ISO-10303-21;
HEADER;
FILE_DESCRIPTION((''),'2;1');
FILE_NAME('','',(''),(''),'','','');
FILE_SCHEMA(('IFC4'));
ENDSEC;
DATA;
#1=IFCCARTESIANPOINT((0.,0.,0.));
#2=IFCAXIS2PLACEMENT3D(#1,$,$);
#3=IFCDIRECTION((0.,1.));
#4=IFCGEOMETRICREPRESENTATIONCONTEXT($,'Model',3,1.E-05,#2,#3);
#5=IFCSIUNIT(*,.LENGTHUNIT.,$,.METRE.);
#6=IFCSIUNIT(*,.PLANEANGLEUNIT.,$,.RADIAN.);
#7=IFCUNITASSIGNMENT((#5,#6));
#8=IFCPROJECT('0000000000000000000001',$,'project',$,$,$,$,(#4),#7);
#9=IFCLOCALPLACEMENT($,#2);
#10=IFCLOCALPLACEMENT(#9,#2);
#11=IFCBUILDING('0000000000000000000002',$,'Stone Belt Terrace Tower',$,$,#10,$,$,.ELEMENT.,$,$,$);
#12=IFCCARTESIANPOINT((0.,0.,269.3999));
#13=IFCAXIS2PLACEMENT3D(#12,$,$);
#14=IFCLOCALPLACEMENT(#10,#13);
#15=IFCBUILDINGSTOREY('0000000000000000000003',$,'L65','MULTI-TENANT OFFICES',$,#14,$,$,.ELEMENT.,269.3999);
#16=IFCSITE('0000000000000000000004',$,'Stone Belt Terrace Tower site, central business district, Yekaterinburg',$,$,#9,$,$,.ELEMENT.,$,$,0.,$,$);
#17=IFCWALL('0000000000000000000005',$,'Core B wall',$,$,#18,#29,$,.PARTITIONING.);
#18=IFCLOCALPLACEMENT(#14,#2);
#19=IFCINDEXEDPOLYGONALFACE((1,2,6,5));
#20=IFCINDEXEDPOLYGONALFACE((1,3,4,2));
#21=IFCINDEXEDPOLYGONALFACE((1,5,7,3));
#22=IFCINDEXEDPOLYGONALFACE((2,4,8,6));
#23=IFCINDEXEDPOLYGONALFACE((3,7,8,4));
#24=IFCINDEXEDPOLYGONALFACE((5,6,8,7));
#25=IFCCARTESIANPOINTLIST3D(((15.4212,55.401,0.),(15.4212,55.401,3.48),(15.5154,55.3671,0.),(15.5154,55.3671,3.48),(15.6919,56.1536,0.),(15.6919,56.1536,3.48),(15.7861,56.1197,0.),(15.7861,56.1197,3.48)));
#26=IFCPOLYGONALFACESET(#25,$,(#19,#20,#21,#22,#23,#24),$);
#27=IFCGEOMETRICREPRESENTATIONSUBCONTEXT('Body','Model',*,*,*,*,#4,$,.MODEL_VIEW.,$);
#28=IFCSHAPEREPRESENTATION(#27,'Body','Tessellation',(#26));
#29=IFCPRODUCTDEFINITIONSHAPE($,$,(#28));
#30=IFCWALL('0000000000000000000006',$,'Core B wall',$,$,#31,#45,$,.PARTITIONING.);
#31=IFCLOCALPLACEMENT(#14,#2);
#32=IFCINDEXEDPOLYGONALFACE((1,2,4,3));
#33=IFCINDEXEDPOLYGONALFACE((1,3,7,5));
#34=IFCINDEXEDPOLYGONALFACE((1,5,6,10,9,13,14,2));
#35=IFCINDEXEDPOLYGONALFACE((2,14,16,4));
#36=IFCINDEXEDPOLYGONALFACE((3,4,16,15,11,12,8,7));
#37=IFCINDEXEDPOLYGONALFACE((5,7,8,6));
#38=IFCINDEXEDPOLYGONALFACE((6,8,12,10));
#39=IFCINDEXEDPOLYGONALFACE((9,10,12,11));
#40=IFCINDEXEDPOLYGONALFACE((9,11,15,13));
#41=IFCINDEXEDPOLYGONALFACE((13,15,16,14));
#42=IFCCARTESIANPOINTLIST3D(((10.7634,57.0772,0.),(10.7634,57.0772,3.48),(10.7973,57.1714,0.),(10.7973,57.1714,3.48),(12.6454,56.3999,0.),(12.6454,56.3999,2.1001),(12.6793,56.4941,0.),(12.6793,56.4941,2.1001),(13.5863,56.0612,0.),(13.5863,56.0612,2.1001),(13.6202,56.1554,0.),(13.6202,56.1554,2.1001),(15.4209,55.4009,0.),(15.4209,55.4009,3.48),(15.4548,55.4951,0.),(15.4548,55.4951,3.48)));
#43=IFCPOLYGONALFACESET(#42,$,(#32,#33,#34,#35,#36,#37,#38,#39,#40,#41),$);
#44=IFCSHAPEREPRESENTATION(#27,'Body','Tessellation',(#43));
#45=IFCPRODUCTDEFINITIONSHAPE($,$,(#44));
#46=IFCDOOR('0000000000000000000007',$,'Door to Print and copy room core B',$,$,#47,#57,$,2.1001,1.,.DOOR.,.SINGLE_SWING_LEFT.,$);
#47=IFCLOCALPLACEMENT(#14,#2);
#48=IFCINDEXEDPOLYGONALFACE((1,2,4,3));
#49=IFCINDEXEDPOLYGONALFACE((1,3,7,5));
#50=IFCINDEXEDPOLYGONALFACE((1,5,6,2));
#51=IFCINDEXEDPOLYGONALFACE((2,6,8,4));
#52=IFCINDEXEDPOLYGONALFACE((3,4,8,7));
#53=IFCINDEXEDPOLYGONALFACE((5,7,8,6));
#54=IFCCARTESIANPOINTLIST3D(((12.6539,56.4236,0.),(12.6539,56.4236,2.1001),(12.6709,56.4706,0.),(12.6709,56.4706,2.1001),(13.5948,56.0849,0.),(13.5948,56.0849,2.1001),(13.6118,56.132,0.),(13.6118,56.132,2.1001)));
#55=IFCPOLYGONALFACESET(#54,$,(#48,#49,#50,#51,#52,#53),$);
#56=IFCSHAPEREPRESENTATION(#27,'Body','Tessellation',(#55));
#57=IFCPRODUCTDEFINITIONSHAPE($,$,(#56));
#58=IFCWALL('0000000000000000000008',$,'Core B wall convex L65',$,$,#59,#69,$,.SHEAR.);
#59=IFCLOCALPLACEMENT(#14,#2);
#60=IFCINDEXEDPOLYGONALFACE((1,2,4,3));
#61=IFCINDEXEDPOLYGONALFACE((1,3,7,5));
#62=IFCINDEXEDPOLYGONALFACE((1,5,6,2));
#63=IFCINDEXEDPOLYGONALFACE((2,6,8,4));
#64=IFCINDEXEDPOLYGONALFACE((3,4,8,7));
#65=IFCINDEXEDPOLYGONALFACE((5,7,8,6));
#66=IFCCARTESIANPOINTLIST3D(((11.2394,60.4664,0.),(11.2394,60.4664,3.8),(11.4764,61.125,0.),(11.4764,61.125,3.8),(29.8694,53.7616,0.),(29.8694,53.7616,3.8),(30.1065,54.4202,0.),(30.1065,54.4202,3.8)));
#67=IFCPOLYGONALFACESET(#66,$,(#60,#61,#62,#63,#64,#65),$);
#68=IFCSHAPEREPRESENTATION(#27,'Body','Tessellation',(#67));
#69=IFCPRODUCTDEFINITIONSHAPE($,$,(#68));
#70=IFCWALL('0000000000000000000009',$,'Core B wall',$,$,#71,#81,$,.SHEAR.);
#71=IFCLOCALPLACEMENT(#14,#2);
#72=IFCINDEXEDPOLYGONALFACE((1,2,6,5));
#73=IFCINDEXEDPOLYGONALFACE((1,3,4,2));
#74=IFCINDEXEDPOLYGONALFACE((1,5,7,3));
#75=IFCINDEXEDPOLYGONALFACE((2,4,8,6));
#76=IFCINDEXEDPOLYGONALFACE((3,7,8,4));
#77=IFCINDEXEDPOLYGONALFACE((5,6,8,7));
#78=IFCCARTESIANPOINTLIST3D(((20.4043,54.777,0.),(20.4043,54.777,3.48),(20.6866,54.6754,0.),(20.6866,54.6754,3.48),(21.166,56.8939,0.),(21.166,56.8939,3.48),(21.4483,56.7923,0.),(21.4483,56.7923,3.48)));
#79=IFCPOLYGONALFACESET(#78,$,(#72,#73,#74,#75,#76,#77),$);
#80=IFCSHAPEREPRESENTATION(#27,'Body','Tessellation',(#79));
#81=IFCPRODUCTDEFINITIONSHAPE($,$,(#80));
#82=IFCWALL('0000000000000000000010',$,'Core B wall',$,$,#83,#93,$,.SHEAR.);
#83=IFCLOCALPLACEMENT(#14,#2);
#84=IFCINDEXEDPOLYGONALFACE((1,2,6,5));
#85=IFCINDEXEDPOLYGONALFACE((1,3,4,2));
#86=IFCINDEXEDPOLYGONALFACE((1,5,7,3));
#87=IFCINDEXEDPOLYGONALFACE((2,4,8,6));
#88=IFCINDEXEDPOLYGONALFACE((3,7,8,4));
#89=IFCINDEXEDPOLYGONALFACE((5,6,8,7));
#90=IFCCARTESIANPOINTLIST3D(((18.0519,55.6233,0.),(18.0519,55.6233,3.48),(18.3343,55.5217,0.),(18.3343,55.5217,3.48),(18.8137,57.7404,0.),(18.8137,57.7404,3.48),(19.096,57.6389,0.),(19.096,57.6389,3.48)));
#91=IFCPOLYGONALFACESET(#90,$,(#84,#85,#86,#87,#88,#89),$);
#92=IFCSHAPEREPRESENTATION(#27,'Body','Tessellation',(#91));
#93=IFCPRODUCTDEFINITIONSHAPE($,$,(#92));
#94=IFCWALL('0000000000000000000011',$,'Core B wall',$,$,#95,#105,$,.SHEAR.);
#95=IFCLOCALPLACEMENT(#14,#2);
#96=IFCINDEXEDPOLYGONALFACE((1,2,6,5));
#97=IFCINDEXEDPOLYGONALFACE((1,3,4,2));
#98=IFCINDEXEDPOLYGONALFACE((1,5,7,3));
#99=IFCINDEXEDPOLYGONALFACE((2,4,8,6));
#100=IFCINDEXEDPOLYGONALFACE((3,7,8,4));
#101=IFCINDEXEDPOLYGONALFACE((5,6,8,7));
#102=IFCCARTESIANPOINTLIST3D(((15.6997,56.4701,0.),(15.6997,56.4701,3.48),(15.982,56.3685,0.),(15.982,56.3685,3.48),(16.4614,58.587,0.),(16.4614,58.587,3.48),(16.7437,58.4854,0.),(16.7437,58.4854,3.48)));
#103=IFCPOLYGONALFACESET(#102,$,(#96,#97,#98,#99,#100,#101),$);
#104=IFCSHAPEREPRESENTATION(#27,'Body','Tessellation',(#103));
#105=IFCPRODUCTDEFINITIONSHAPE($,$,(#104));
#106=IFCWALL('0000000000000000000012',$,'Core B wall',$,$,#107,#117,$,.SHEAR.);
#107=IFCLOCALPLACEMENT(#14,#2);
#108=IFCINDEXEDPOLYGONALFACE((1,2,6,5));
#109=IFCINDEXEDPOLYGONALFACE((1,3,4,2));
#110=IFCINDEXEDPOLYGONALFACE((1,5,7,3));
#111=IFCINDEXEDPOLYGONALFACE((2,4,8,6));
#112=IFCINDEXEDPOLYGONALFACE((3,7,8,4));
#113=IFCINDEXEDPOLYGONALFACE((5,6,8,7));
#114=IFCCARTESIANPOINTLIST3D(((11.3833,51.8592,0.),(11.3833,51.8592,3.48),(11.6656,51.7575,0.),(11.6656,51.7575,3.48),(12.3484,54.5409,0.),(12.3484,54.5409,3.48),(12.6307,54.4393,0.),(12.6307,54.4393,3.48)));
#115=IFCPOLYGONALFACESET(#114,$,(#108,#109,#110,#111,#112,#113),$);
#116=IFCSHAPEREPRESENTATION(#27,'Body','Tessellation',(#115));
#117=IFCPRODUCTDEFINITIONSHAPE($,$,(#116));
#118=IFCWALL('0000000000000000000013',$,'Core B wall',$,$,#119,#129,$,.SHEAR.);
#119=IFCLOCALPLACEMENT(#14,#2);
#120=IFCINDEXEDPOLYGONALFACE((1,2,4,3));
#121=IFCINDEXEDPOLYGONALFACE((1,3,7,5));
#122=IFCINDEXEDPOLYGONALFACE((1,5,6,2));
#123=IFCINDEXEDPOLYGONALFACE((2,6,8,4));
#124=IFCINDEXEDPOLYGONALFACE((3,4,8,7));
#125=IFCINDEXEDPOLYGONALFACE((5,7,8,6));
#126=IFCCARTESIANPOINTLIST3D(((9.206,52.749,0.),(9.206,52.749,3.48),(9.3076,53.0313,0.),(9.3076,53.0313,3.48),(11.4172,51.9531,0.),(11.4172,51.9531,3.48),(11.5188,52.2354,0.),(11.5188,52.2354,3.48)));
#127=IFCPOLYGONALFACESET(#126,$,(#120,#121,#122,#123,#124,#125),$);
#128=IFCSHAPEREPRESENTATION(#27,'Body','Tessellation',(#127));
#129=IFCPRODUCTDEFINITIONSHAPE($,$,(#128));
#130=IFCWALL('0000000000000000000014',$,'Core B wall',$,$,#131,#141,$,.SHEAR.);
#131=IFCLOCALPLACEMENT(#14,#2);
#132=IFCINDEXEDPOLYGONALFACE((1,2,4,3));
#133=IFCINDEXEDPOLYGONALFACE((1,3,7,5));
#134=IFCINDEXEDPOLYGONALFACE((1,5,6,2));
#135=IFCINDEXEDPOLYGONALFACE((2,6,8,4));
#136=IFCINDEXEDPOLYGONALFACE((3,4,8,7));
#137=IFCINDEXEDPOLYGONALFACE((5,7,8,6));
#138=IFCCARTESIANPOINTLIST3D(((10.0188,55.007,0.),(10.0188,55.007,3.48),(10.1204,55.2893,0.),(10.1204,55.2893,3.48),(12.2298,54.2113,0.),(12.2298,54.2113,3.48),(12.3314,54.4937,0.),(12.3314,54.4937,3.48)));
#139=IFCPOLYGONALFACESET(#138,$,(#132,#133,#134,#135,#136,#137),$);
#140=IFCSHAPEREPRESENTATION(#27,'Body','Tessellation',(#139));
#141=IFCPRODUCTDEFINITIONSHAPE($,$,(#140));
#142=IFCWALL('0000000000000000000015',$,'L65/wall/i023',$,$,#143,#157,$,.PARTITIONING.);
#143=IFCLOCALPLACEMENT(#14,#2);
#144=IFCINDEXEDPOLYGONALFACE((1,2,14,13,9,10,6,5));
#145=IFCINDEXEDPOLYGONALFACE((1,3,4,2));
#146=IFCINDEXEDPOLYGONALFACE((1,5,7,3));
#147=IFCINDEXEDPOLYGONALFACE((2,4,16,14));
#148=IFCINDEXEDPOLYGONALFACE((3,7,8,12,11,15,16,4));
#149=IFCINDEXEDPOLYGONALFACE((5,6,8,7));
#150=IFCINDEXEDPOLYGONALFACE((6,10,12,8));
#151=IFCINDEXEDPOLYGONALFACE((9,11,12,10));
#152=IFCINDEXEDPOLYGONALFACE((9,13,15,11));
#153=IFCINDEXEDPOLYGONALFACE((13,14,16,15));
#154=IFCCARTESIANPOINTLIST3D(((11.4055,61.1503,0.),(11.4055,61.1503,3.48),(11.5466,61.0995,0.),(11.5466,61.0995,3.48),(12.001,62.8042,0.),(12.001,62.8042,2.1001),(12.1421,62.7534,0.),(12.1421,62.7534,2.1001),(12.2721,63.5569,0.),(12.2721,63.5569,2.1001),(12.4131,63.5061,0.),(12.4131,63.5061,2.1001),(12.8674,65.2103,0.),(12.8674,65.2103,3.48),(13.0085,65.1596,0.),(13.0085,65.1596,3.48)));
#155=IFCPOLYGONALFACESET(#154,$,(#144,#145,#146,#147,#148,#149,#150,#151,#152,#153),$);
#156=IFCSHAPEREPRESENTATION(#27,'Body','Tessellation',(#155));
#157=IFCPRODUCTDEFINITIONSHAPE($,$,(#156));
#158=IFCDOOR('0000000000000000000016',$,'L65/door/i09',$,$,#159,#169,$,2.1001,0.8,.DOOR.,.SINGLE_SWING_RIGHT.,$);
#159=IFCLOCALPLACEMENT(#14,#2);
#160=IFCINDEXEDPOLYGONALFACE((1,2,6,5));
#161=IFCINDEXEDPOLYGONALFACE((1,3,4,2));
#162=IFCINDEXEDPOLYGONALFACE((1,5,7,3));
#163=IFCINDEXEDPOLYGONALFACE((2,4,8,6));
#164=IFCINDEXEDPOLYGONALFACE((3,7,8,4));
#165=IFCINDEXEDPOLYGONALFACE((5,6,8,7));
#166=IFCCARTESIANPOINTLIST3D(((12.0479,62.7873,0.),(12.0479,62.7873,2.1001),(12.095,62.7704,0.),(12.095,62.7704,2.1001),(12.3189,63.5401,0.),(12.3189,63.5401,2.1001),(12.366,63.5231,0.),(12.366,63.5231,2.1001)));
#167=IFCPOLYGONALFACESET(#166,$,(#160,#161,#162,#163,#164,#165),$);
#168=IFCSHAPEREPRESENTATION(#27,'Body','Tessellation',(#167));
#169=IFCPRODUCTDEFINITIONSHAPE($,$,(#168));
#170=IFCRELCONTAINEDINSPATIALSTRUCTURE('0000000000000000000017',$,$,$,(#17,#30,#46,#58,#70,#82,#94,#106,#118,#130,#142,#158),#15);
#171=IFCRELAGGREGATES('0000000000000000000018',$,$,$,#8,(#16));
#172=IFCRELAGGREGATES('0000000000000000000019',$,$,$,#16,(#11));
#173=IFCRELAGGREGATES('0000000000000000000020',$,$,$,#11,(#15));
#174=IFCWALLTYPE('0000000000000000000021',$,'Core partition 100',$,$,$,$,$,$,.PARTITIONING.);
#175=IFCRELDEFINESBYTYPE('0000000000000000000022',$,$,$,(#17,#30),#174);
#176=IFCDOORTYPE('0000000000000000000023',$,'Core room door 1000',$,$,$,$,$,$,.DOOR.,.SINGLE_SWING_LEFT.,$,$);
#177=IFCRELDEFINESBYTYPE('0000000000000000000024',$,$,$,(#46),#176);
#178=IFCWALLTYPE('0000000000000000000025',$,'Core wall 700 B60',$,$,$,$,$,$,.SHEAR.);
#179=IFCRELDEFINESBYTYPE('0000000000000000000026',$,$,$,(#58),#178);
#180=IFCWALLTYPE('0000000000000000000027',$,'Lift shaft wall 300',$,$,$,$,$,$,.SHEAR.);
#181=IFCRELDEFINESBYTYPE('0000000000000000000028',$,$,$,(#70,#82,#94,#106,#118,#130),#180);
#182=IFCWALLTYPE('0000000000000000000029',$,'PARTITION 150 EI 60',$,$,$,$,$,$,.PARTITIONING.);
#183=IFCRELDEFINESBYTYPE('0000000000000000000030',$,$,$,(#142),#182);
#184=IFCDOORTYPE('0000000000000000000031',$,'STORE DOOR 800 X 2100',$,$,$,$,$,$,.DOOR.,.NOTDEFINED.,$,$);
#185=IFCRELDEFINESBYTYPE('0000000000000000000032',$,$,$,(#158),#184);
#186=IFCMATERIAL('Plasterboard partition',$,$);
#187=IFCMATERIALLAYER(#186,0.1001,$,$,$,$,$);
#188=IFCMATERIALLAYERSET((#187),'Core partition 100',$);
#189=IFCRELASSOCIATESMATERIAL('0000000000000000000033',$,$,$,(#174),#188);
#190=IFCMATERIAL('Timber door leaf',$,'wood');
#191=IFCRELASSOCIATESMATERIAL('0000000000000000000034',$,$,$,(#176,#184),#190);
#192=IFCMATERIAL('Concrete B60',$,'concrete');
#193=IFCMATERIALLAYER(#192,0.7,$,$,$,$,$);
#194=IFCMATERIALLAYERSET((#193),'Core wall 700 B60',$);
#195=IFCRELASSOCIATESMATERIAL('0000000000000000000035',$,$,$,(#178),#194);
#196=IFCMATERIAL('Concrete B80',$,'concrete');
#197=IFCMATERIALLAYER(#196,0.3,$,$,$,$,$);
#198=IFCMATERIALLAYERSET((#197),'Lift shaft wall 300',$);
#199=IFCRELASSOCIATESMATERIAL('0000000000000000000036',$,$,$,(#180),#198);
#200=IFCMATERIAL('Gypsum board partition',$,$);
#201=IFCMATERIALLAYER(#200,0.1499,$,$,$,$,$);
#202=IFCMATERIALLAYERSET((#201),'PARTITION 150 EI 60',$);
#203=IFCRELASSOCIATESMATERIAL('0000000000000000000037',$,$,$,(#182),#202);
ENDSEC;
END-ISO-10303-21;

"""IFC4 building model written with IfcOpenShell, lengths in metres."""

from ifc_helpers import new_model, si_unit, direction, frame, frame_2d, origin, place, context, subcontext, project, spatial, rectangle, extrude, material, layer, layer_set, type_object, element, fill, save


model = new_model("IFC4")

# Units and contexts
model_context = context("Model", 3, precision=1e-05, world=origin(), true_north=direction((0.0, 1.0)))
body_context = subcontext(model_context, "Body", "Model", "MODEL_VIEW")
ifc_project = project(units=[si_unit("LENGTHUNIT", "METRE"), si_unit("PLANEANGLEUNIT", "RADIAN")], contexts=[model_context])

# Site, building, storey
site_placement = place(None, origin())
site = spatial("IfcSite", under=ifc_project, at=site_placement, Name="Stone Belt Terrace Tower site, central business district, Yekaterinburg", CompositionType="ELEMENT", RefElevation=0.0)
building_placement = place(site_placement, origin())
building = spatial("IfcBuilding", under=site, at=building_placement, Name="Stone Belt Terrace Tower", CompositionType="ELEMENT")
storey_placement = place(building_placement, frame((0.0, 0.0, 269.3999)))
storey = spatial("IfcBuildingStorey", under=building, at=storey_placement, Name="L65", Description="MULTI-TENANT OFFICES", CompositionType="ELEMENT", Elevation=269.3999)

# Shared definitions
ifc_material_1 = material(Name="Concrete B60", Category="concrete")

# Shared definitions
ifc_material_2 = material(Name="Plasterboard partition")
ifc_layer_1 = layer(ifc_material_2, 0.1001)
ifc_layer_set_1 = layer_set([ifc_layer_1], Name="Core partition 100")
wall_type_1 = type_object("IfcWallType", Name="Core partition 100", PredefinedType="PARTITIONING", material=ifc_layer_set_1)
ifc_material_3 = material(Name="Timber door leaf", Category="wood")
door_type_1 = type_object("IfcDoorType", Name="Core room door 1000", OperationType="SINGLE_SWING_LEFT", PredefinedType="DOOR", material=ifc_material_3)

# Wall
wall_1_placement = place(storey_placement, frame((15.4683, 55.384, 0.0), z_axis=(0.0, 0.0, 1.0), x_axis=(0.338482, 0.940973, 0.0)))
element("IfcWall", 1, at=wall_1_placement, inside=storey, type_object=wall_type_1, Name="Core B wall", PredefinedType="PARTITIONING", context=body_context, shape_type="SweptSolid", body=[
    extrude(rectangle(XDim=0.7998, YDim=0.1001, at=frame_2d((0.3999, 0.0))), origin(), (0.0, 0.0, 1.0), 3.48),
])

# Wall, opening, door
wall_2_placement = place(storey_placement, frame((15.438, 55.448, 0.0), z_axis=(0.0, 0.0, 1.0), x_axis=(-0.940914, 0.338644, 0.0)))
wall_2 = element("IfcWall", 2, at=wall_2_placement, inside=storey, type_object=wall_type_1, Name="Core B wall", PredefinedType="PARTITIONING", context=body_context, shape_type="SweptSolid", body=[
    extrude(rectangle(XDim=4.95, YDim=0.1001, at=frame_2d((2.4751, 0.0))), origin(), (0.0, 0.0, 1.0), 3.48),
])
opening_1_placement = place(wall_2_placement, frame((1.95, 0.0, 0.0)))
opening_1 = element("IfcOpeningElement", 3, at=opening_1_placement, cuts=wall_2, PredefinedType="OPENING", context=body_context, shape_type="SweptSolid", body=[
    extrude(rectangle(XDim=1.0, YDim=2.1001, at=frame_2d((0.5, 1.05))), frame((0.0, 0.0601, 0.0), z_axis=(0.0, -1.0, 0.0), x_axis=(1.0, 0.0, 0.0)), (0.0, 0.0, 1.0), 0.1201),
])
door_1_placement = place(opening_1_placement, origin())
door_1 = element("IfcDoor", 4, at=door_1_placement, inside=storey, type_object=door_type_1, Name="Door to Print and copy room core B", OperationType="SINGLE_SWING_LEFT", OverallHeight=2.1001, OverallWidth=1.0, PredefinedType="DOOR", context=body_context, shape_type="SweptSolid", body=[
    extrude(rectangle(XDim=1.0, YDim=2.1001, at=frame_2d((0.5, 1.05))), frame((0.0, 0.0249, 0.0), z_axis=(0.0, -1.0, 0.0), x_axis=(1.0, 0.0, 0.0)), (0.0, 0.0, 1.0), 0.05),
])
fill(opening_1, door_1)

# Walls
ifc_layer_2 = layer(ifc_material_1, 0.7)
ifc_layer_set_2 = layer_set([ifc_layer_2], Name="Core wall 700 B60")
wall_type_2 = type_object("IfcWallType", Name="Core wall 700 B60", PredefinedType="SHEAR", material=ifc_layer_set_2)
wall_3_placement = place(storey_placement, frame((11.3579, 60.7957, 0.0), z_axis=(0.0, 0.0, 1.0), x_axis=(0.94092, -0.33863, 0.0)))
element("IfcWall", 5, at=wall_3_placement, inside=storey, type_object=wall_type_2, Name="Core B wall convex L65", PredefinedType="SHEAR", context=body_context, shape_type="SweptSolid", body=[
    extrude(rectangle(XDim=19.7998, YDim=0.7, at=frame_2d((9.8999, 0.0))), origin(), (0.0, 0.0, 1.0), 3.8),
])
ifc_material_4 = material(Name="Concrete B80", Category="concrete")
ifc_layer_3 = layer(ifc_material_4, 0.3)
ifc_layer_set_3 = layer_set([ifc_layer_3], Name="Lift shaft wall 300")
wall_type_3 = type_object("IfcWallType", Name="Lift shaft wall 300", PredefinedType="SHEAR", material=ifc_layer_set_3)
wall_4_placement = place(storey_placement, frame((20.5454, 54.7261, 0.0), z_axis=(0.0, 0.0, 1.0), x_axis=(0.33857, 0.940941, 0.0)))
element("IfcWall", 6, at=wall_4_placement, inside=storey, type_object=wall_type_3, Name="Core B wall", PredefinedType="SHEAR", context=body_context, shape_type="SweptSolid", body=[
    extrude(rectangle(XDim=2.2498, YDim=0.3, at=frame_2d((1.125, 0.0))), origin(), (0.0, 0.0, 1.0), 3.48),
])
wall_5_placement = place(storey_placement, frame((18.1931, 55.5725, 0.0), z_axis=(0.0, 0.0, 1.0), x_axis=(0.338535, 0.940954, 0.0)))
element("IfcWall", 7, at=wall_5_placement, inside=storey, type_object=wall_type_3, Name="Core B wall", PredefinedType="SHEAR", context=body_context, shape_type="SweptSolid", body=[
    extrude(rectangle(XDim=2.25, YDim=0.3, at=frame_2d((1.125, 0.0))), origin(), (0.0, 0.0, 1.0), 3.48),
])
wall_6_placement = place(storey_placement, frame((15.8408, 56.4192, 0.0), z_axis=(0.0, 0.0, 1.0), x_axis=(0.33857, 0.940941, 0.0)))
element("IfcWall", 8, at=wall_6_placement, inside=storey, type_object=wall_type_3, Name="Core B wall", PredefinedType="SHEAR", context=body_context, shape_type="SweptSolid", body=[
    extrude(rectangle(XDim=2.2498, YDim=0.3, at=frame_2d((1.125, 0.0))), origin(), (0.0, 0.0, 1.0), 3.48),
])
wall_7_placement = place(storey_placement, frame((11.5244, 51.8083, 0.0), z_axis=(0.0, 0.0, 1.0), x_axis=(0.338625, 0.940921, 0.0)))
element("IfcWall", 9, at=wall_7_placement, inside=storey, type_object=wall_type_3, Name="Core B wall", PredefinedType="SHEAR", context=body_context, shape_type="SweptSolid", body=[
    extrude(rectangle(XDim=2.8501, YDim=0.3, at=frame_2d((1.425, 0.0))), origin(), (0.0, 0.0, 1.0), 3.48),
])
wall_8_placement = place(storey_placement, frame((11.468, 52.0942, 0.0), z_axis=(0.0, 0.0, 1.0), x_axis=(-0.940905, 0.338672, 0.0)))
element("IfcWall", 10, at=wall_8_placement, inside=storey, type_object=wall_type_3, Name="Core B wall", PredefinedType="SHEAR", context=body_context, shape_type="SweptSolid", body=[
    extrude(rectangle(XDim=2.3501, YDim=0.3, at=frame_2d((1.175, 0.0))), origin(), (0.0, 0.0, 1.0), 3.48),
])
wall_9_placement = place(storey_placement, frame((12.2805, 54.3525, 0.0), z_axis=(0.0, 0.0, 1.0), x_axis=(-0.940926, 0.338613, 0.0)))
element("IfcWall", 11, at=wall_9_placement, inside=storey, type_object=wall_type_3, Name="Core B wall", PredefinedType="SHEAR", context=body_context, shape_type="SweptSolid", body=[
    extrude(rectangle(XDim=2.3499, YDim=0.3, at=frame_2d((1.1748, 0.0))), origin(), (0.0, 0.0, 1.0), 3.48),
])

# Wall, opening, door
ifc_material_5 = material(Name="Gypsum board partition")
ifc_layer_4 = layer(ifc_material_5, 0.1499)
ifc_layer_set_4 = layer_set([ifc_layer_4], Name="PARTITION 150 EI 60")
wall_type_4 = type_object("IfcWallType", Name="PARTITION 150 EI 60", PredefinedType="PARTITIONING", material=ifc_layer_set_4)
wall_10_placement = place(storey_placement, frame((12.938, 65.1851, 0.0), z_axis=(0.0, 0.0, 1.0), x_axis=(-0.33878, -0.940866, 0.0)))
wall_10 = element("IfcWall", 12, at=wall_10_placement, inside=storey, type_object=wall_type_4, Name="L65/wall/i023", PredefinedType="PARTITIONING", context=body_context, shape_type="SweptSolid", body=[
    extrude(rectangle(XDim=4.3152, YDim=0.1499, at=frame_2d((2.1577, 0.0))), origin(), (0.0, 0.0, 1.0), 3.48),
])
opening_2_placement = place(wall_10_placement, frame((1.7576, 0.0, 0.0)))
opening_2 = element("IfcOpeningElement", 13, at=opening_2_placement, cuts=wall_10, PredefinedType="OPENING", context=body_context, shape_type="SweptSolid", body=[
    extrude(rectangle(XDim=0.8, YDim=2.1001, at=frame_2d((0.3999, 1.05))), frame((0.0, 0.085, 0.0), z_axis=(0.0, -1.0, 0.0), x_axis=(1.0, 0.0, 0.0)), (0.0, 0.0, 1.0), 0.1699),
])
door_type_2 = type_object("IfcDoorType", Name="STORE DOOR 800 X 2100", OperationType="NOTDEFINED", PredefinedType="DOOR", material=ifc_material_3)
door_2_placement = place(opening_2_placement, origin())
door_2 = element("IfcDoor", 14, at=door_2_placement, inside=storey, type_object=door_type_2, Name="L65/door/i09", OperationType="SINGLE_SWING_RIGHT", OverallHeight=2.1001, OverallWidth=0.8, PredefinedType="DOOR", context=body_context, shape_type="SweptSolid", body=[
    extrude(rectangle(XDim=0.8, YDim=2.1001, at=frame_2d((0.3999, 1.05))), frame((0.0, 0.0249, 0.0), z_axis=(0.0, -1.0, 0.0), x_axis=(1.0, 0.0, 0.0)), (0.0, 0.0, 1.0), 0.05),
])
fill(opening_2, door_2)

save(model, "model.ifc")
